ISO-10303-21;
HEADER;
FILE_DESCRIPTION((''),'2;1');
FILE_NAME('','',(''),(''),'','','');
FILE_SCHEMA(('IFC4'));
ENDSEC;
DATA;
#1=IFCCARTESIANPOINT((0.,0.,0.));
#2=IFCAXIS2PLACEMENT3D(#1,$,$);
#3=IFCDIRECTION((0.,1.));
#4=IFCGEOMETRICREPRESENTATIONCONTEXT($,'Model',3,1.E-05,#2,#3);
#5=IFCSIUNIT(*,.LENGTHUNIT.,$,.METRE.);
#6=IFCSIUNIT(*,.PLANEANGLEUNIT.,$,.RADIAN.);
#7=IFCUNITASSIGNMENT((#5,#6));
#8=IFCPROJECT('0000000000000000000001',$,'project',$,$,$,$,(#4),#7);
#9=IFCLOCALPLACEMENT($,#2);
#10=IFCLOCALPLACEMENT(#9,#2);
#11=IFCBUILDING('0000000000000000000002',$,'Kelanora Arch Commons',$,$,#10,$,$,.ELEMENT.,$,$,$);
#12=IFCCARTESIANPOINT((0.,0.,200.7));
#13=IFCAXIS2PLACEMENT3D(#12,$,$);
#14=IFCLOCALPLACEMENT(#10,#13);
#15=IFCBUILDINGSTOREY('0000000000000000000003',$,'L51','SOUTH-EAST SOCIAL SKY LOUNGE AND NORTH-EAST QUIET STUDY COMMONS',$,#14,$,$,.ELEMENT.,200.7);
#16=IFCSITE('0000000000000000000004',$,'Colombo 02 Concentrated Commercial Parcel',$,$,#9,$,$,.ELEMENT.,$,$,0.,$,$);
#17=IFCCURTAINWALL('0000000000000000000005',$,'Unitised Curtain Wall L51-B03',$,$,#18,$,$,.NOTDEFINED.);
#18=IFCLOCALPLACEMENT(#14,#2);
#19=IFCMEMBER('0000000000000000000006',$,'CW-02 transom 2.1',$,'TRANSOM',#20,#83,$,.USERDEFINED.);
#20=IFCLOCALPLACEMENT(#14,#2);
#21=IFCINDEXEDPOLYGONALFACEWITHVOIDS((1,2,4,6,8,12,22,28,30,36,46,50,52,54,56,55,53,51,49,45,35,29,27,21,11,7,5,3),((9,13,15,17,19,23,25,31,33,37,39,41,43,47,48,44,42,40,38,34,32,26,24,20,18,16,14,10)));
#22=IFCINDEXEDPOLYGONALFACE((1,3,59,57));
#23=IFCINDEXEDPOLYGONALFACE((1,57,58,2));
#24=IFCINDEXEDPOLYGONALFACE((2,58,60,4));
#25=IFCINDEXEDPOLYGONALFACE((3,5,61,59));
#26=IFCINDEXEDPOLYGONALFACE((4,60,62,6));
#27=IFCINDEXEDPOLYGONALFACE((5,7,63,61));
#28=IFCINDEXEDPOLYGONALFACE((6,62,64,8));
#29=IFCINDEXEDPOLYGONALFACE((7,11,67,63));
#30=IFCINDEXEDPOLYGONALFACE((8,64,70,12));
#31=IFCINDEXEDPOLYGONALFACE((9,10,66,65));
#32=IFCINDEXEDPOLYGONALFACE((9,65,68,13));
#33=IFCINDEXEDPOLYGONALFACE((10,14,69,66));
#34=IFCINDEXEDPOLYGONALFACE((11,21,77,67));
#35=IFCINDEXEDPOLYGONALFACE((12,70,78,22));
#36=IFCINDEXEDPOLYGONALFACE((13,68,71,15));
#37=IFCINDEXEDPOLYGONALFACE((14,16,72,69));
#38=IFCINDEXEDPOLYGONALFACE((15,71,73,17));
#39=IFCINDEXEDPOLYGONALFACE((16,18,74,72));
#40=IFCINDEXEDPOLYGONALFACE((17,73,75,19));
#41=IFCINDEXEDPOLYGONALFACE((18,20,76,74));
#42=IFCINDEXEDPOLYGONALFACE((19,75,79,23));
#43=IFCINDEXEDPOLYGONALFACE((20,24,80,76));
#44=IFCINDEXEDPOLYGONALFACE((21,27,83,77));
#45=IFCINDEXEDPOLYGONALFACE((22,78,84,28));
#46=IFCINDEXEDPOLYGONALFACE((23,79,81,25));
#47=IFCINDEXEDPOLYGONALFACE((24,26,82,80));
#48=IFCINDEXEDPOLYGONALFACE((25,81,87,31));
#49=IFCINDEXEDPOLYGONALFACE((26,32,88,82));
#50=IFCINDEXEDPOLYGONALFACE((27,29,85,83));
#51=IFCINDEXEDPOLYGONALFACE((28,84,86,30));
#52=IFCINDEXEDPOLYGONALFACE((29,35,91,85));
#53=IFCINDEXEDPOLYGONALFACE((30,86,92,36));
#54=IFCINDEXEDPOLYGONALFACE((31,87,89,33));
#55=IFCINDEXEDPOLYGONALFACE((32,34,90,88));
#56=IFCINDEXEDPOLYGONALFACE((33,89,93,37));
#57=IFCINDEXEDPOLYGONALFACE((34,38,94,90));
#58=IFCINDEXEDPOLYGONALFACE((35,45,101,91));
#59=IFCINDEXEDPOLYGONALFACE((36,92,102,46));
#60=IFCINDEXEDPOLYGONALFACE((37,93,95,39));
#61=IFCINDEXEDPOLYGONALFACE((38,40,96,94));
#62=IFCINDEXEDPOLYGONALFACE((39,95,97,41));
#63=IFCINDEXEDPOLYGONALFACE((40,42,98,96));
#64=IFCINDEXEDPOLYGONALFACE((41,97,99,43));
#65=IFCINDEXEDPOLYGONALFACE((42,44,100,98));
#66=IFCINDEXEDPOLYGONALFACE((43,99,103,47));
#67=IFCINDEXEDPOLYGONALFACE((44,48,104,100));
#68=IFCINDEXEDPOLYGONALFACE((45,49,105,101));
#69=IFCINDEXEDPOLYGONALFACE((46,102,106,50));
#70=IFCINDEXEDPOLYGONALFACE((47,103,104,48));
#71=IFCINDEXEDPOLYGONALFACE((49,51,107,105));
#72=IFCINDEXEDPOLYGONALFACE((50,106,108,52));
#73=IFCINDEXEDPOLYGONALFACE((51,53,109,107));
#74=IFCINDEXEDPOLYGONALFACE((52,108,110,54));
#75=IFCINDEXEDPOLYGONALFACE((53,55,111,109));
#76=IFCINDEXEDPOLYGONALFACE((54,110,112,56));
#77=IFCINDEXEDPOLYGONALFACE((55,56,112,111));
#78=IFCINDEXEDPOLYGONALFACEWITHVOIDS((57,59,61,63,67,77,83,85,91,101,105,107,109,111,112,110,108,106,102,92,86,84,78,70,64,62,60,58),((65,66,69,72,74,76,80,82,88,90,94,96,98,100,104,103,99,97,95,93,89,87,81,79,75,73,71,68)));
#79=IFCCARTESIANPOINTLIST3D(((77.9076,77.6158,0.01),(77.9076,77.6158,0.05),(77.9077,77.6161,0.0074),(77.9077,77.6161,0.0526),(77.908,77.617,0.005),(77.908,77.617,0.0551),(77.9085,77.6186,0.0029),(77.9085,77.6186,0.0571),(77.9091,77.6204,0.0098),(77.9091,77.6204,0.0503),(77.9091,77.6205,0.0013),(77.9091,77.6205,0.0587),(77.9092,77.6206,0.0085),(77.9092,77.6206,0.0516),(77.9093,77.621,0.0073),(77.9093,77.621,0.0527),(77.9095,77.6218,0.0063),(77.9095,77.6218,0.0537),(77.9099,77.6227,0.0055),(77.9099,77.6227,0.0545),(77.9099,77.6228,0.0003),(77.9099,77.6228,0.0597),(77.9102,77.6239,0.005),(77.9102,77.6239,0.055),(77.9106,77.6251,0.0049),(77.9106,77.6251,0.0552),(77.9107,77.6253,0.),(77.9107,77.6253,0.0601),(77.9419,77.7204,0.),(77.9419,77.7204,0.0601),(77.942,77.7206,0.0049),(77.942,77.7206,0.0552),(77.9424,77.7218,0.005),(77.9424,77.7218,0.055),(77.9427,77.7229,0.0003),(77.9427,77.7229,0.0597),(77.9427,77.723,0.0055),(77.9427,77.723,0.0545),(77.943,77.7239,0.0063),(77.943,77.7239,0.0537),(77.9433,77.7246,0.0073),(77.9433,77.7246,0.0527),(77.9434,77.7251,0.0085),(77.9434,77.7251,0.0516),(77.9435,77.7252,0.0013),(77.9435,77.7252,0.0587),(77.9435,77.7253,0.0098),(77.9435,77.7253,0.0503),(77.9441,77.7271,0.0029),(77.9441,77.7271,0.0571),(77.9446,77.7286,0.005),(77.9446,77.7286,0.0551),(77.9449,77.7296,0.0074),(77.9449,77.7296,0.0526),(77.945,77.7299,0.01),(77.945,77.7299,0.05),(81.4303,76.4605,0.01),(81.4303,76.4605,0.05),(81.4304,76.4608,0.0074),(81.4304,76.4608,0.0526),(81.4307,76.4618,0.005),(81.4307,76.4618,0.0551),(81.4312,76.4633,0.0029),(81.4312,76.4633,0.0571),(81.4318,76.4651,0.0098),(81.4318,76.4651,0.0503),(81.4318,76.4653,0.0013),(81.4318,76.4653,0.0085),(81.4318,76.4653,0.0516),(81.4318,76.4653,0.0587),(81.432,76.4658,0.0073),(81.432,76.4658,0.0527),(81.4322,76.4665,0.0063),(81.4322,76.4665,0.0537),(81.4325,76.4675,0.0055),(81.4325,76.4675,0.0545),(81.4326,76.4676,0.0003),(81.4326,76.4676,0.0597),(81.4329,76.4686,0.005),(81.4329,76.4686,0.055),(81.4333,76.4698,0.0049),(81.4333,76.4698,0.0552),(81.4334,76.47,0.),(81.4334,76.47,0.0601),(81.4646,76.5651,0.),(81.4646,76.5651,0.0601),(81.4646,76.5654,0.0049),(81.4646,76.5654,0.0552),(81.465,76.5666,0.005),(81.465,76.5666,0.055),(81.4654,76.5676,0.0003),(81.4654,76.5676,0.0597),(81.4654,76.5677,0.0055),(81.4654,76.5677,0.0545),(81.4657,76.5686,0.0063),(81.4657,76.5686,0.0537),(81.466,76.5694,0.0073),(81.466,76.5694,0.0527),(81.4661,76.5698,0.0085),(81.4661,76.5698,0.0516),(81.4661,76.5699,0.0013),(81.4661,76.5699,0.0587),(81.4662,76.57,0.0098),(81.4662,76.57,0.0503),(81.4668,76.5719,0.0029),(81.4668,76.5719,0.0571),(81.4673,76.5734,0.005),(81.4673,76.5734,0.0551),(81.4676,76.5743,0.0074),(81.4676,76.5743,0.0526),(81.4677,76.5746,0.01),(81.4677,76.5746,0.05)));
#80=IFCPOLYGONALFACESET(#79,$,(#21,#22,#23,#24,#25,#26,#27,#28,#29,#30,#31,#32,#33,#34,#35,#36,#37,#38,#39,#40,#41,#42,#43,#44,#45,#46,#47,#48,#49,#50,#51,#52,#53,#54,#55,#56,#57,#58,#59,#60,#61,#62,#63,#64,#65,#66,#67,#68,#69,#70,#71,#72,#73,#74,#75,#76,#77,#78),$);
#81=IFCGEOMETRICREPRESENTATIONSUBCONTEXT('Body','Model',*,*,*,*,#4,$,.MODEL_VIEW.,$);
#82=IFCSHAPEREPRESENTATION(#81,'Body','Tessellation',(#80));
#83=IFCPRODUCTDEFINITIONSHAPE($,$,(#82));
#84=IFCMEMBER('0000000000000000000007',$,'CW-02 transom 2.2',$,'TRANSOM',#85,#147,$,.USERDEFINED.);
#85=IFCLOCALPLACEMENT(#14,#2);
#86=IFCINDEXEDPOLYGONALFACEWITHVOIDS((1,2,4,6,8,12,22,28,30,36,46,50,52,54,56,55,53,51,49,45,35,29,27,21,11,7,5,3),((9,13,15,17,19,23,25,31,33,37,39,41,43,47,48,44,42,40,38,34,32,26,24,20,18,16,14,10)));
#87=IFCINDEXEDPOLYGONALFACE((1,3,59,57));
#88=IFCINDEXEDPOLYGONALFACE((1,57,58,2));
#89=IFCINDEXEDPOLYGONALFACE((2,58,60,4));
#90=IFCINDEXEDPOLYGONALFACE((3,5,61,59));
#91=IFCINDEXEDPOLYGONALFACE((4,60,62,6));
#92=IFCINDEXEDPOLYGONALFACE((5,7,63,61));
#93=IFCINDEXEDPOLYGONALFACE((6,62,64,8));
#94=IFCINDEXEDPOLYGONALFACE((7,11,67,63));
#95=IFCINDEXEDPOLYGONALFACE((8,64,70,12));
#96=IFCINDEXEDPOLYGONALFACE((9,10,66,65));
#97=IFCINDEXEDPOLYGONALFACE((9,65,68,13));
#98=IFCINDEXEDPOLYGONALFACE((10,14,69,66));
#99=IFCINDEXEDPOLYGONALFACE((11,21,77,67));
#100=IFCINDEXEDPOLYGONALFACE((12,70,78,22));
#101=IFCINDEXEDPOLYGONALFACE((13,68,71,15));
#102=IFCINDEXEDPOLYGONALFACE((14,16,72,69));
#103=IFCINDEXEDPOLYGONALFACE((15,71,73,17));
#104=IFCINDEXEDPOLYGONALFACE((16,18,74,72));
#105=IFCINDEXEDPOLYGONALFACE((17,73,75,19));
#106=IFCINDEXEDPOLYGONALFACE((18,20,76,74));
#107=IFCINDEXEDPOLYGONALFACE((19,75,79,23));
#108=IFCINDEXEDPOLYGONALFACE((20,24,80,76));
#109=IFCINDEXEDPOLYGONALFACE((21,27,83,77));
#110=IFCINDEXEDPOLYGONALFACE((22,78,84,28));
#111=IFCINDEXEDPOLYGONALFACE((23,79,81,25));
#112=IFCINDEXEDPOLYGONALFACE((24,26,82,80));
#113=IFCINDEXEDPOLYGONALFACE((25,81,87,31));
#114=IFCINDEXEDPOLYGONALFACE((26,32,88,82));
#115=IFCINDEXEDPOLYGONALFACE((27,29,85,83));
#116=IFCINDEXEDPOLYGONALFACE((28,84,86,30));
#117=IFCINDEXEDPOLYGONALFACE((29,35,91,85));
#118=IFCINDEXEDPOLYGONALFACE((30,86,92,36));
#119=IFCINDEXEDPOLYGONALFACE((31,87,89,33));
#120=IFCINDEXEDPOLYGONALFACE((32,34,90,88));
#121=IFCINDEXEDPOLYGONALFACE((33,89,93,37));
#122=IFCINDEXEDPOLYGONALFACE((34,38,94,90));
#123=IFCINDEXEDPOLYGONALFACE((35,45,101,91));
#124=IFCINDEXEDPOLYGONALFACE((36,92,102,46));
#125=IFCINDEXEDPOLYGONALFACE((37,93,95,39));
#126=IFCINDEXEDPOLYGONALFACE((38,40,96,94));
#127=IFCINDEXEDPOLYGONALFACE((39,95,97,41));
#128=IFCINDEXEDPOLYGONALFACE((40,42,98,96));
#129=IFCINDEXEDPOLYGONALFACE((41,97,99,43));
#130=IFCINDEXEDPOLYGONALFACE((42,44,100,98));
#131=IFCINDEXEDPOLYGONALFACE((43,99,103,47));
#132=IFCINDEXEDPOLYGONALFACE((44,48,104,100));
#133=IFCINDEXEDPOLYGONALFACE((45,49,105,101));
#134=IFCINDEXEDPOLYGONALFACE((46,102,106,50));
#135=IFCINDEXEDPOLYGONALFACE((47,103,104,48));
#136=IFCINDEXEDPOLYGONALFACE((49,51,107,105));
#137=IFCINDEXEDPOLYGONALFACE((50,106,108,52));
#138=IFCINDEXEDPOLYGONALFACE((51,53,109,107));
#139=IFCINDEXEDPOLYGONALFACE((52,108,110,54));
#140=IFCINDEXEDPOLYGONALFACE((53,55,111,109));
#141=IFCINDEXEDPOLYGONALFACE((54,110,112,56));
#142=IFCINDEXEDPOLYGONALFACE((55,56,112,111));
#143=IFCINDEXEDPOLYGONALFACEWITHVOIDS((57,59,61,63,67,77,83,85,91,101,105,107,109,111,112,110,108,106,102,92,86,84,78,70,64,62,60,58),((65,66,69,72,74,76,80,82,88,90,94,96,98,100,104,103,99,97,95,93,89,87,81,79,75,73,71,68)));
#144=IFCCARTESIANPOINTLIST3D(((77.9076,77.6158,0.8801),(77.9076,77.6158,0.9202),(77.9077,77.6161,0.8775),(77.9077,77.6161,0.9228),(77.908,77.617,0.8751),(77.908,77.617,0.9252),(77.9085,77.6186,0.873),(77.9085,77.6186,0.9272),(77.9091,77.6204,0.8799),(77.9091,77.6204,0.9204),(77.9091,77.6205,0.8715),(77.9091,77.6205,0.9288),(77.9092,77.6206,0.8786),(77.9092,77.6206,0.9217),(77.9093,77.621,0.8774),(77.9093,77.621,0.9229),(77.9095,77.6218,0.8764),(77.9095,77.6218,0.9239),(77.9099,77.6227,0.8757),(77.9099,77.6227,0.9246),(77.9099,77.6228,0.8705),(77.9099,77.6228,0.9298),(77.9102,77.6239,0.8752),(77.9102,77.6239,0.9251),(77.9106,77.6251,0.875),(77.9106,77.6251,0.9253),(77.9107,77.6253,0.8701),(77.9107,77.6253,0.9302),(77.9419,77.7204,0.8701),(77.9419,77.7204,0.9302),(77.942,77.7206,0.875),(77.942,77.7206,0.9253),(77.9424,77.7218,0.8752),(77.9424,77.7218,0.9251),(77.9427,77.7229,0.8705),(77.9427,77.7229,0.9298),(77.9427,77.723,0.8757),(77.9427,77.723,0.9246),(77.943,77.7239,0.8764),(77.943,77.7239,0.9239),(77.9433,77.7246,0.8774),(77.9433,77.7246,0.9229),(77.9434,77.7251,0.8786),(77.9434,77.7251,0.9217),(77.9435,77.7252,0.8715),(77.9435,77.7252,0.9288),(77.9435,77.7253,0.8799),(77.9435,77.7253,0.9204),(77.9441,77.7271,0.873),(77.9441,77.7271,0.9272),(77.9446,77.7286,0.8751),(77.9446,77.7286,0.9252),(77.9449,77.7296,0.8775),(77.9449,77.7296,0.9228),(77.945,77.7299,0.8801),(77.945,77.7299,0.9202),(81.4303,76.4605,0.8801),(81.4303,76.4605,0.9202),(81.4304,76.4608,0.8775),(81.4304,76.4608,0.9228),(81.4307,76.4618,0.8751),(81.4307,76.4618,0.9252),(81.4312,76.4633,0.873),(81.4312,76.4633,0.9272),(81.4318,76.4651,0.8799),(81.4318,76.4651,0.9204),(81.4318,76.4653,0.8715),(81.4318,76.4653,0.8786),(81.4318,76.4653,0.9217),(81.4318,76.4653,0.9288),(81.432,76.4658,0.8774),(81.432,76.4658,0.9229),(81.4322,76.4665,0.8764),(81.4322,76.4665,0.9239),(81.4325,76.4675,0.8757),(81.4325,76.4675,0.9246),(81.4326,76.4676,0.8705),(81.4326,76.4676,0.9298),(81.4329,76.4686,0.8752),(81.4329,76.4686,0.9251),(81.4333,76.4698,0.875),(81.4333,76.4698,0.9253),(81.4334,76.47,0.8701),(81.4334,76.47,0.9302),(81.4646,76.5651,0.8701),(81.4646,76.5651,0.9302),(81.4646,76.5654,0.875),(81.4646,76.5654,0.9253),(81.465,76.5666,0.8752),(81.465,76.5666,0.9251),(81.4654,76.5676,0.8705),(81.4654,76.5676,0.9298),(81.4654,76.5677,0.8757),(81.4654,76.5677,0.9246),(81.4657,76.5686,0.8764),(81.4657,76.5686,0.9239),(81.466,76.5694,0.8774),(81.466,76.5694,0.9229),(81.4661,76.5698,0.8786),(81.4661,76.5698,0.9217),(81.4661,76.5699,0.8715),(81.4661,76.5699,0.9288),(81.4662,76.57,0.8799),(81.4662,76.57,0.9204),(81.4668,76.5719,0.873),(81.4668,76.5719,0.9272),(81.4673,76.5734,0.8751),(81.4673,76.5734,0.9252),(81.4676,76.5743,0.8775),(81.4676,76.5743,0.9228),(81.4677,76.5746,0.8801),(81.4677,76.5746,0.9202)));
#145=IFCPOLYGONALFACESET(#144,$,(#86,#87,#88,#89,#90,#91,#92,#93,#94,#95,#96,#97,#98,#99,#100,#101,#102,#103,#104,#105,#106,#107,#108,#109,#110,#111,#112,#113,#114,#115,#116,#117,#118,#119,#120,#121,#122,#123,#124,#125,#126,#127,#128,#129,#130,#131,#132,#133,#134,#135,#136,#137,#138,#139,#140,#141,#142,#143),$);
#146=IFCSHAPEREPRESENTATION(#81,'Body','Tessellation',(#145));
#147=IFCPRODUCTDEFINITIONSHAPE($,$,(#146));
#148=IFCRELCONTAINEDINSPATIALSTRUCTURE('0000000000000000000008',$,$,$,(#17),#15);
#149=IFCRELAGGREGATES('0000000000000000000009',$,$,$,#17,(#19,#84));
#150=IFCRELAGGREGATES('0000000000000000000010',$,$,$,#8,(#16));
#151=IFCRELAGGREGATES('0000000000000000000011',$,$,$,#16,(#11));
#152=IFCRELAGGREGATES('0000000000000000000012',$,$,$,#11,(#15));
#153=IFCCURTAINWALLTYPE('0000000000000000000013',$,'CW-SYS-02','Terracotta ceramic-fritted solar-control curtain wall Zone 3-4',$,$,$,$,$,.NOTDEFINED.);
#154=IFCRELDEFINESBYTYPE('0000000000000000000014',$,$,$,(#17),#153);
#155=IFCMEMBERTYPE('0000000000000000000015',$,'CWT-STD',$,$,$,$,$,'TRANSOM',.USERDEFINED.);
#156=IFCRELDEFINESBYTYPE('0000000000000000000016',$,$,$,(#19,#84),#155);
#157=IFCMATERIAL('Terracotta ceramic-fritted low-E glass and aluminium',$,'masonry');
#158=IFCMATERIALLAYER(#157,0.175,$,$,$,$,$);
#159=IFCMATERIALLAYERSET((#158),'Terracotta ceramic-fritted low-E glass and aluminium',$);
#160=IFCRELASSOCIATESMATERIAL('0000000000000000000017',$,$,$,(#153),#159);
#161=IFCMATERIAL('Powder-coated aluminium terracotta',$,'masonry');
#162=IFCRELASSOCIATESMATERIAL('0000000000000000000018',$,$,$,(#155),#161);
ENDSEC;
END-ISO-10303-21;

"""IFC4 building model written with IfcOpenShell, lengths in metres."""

from ifc_helpers import new_model, si_unit, direction, frame, origin, origin_2d, place, context, subcontext, project, spatial, hollow_rectangle, extrude, material, layer, layer_set, material_profile, profile_set, type_object, element, aggregate, save


model = new_model("IFC4")

# Units and contexts
model_context = context("Model", 3, precision=1e-05, world=origin(), true_north=direction((0.0, 1.0)))
body_context = subcontext(model_context, "Body", "Model", "MODEL_VIEW")
ifc_project = project(units=[si_unit("LENGTHUNIT", "METRE"), si_unit("PLANEANGLEUNIT", "RADIAN")], contexts=[model_context])

# Site, building, storey
site_placement = place(None, origin())
site = spatial("IfcSite", under=ifc_project, at=site_placement, Name="Colombo 02 Concentrated Commercial Parcel", CompositionType="ELEMENT", RefElevation=0.0)
building_placement = place(site_placement, origin())
building = spatial("IfcBuilding", under=site, at=building_placement, Name="Kelanora Arch Commons", CompositionType="ELEMENT")
storey_placement = place(building_placement, frame((0.0, 0.0, 200.7)))
storey = spatial("IfcBuildingStorey", under=building, at=storey_placement, Name="L51", Description="SOUTH-EAST SOCIAL SKY LOUNGE AND NORTH-EAST QUIET STUDY COMMONS", CompositionType="ELEMENT", Elevation=200.7)

# Curtain wall, members
ifc_material_1 = material(Name="Terracotta ceramic-fritted low-E glass and aluminium", Category="masonry")
ifc_layer_1 = layer(ifc_material_1, 0.175)
ifc_layer_set_1 = layer_set([ifc_layer_1], Name="Terracotta ceramic-fritted low-E glass and aluminium")
curtain_wall_type = type_object("IfcCurtainWallType", Name="CW-SYS-02", Description="Terracotta ceramic-fritted solar-control curtain wall Zone 3-4", PredefinedType="NOTDEFINED", material=ifc_layer_set_1)
curtain_wall_placement = place(storey_placement, origin())
curtain_wall = element("IfcCurtainWall", 1, at=curtain_wall_placement, inside=storey, type_object=curtain_wall_type, Name="Unitised Curtain Wall L51-B03", PredefinedType="NOTDEFINED")
ifc_material_2 = material(Name="Powder-coated aluminium terracotta", Category="masonry")
ifc_material_profile_1 = material_profile(ifc_material_2, hollow_rectangle(XDim=0.1201, YDim=0.0601, WallThickness=0.0049, InnerFilletRadius=0.0049, OuterFilletRadius=0.01, at=origin_2d()), Name="CWT120x60")
ifc_profile_set_1 = profile_set([ifc_material_profile_1], Name="Powder-coated aluminium terracotta")
member_type_1 = type_object("IfcMemberType", Name="CWT-STD", ElementType="TRANSOM", PredefinedType="USERDEFINED", material=ifc_profile_set_1)
member_1_placement = place(storey_placement, frame((81.449, 76.5176, 0.03), z_axis=(-0.950207, 0.311621, 0.0), x_axis=(-0.311621, -0.950207, 0.0)))
member_1 = element("IfcMember", 2, at=member_1_placement, type_object=member_type_1, Name="CW-02 transom 2.1", ObjectType="TRANSOM", PredefinedType="USERDEFINED", context=body_context, shape_type="SweptSolid", body=[
    extrude(hollow_rectangle(XDim=0.1201, YDim=0.0601, WallThickness=0.0049, InnerFilletRadius=0.0049, OuterFilletRadius=0.01, at=origin_2d()), origin(), (0.0, 0.0, 1.0), 3.7073),
])
member_2_placement = place(storey_placement, frame((81.449, 76.5176, 0.9001), z_axis=(-0.950207, 0.311621, 0.0), x_axis=(-0.311621, -0.950207, 0.0)))
member_2 = element("IfcMember", 3, at=member_2_placement, type_object=member_type_1, Name="CW-02 transom 2.2", ObjectType="TRANSOM", PredefinedType="USERDEFINED", context=body_context, shape_type="SweptSolid", body=[
    extrude(hollow_rectangle(XDim=0.1201, YDim=0.0601, WallThickness=0.0049, InnerFilletRadius=0.0049, OuterFilletRadius=0.01, at=origin_2d()), origin(), (0.0, 0.0, 1.0), 3.7073),
])
aggregate(curtain_wall, [member_1, member_2])

save(model, "model.ifc")
